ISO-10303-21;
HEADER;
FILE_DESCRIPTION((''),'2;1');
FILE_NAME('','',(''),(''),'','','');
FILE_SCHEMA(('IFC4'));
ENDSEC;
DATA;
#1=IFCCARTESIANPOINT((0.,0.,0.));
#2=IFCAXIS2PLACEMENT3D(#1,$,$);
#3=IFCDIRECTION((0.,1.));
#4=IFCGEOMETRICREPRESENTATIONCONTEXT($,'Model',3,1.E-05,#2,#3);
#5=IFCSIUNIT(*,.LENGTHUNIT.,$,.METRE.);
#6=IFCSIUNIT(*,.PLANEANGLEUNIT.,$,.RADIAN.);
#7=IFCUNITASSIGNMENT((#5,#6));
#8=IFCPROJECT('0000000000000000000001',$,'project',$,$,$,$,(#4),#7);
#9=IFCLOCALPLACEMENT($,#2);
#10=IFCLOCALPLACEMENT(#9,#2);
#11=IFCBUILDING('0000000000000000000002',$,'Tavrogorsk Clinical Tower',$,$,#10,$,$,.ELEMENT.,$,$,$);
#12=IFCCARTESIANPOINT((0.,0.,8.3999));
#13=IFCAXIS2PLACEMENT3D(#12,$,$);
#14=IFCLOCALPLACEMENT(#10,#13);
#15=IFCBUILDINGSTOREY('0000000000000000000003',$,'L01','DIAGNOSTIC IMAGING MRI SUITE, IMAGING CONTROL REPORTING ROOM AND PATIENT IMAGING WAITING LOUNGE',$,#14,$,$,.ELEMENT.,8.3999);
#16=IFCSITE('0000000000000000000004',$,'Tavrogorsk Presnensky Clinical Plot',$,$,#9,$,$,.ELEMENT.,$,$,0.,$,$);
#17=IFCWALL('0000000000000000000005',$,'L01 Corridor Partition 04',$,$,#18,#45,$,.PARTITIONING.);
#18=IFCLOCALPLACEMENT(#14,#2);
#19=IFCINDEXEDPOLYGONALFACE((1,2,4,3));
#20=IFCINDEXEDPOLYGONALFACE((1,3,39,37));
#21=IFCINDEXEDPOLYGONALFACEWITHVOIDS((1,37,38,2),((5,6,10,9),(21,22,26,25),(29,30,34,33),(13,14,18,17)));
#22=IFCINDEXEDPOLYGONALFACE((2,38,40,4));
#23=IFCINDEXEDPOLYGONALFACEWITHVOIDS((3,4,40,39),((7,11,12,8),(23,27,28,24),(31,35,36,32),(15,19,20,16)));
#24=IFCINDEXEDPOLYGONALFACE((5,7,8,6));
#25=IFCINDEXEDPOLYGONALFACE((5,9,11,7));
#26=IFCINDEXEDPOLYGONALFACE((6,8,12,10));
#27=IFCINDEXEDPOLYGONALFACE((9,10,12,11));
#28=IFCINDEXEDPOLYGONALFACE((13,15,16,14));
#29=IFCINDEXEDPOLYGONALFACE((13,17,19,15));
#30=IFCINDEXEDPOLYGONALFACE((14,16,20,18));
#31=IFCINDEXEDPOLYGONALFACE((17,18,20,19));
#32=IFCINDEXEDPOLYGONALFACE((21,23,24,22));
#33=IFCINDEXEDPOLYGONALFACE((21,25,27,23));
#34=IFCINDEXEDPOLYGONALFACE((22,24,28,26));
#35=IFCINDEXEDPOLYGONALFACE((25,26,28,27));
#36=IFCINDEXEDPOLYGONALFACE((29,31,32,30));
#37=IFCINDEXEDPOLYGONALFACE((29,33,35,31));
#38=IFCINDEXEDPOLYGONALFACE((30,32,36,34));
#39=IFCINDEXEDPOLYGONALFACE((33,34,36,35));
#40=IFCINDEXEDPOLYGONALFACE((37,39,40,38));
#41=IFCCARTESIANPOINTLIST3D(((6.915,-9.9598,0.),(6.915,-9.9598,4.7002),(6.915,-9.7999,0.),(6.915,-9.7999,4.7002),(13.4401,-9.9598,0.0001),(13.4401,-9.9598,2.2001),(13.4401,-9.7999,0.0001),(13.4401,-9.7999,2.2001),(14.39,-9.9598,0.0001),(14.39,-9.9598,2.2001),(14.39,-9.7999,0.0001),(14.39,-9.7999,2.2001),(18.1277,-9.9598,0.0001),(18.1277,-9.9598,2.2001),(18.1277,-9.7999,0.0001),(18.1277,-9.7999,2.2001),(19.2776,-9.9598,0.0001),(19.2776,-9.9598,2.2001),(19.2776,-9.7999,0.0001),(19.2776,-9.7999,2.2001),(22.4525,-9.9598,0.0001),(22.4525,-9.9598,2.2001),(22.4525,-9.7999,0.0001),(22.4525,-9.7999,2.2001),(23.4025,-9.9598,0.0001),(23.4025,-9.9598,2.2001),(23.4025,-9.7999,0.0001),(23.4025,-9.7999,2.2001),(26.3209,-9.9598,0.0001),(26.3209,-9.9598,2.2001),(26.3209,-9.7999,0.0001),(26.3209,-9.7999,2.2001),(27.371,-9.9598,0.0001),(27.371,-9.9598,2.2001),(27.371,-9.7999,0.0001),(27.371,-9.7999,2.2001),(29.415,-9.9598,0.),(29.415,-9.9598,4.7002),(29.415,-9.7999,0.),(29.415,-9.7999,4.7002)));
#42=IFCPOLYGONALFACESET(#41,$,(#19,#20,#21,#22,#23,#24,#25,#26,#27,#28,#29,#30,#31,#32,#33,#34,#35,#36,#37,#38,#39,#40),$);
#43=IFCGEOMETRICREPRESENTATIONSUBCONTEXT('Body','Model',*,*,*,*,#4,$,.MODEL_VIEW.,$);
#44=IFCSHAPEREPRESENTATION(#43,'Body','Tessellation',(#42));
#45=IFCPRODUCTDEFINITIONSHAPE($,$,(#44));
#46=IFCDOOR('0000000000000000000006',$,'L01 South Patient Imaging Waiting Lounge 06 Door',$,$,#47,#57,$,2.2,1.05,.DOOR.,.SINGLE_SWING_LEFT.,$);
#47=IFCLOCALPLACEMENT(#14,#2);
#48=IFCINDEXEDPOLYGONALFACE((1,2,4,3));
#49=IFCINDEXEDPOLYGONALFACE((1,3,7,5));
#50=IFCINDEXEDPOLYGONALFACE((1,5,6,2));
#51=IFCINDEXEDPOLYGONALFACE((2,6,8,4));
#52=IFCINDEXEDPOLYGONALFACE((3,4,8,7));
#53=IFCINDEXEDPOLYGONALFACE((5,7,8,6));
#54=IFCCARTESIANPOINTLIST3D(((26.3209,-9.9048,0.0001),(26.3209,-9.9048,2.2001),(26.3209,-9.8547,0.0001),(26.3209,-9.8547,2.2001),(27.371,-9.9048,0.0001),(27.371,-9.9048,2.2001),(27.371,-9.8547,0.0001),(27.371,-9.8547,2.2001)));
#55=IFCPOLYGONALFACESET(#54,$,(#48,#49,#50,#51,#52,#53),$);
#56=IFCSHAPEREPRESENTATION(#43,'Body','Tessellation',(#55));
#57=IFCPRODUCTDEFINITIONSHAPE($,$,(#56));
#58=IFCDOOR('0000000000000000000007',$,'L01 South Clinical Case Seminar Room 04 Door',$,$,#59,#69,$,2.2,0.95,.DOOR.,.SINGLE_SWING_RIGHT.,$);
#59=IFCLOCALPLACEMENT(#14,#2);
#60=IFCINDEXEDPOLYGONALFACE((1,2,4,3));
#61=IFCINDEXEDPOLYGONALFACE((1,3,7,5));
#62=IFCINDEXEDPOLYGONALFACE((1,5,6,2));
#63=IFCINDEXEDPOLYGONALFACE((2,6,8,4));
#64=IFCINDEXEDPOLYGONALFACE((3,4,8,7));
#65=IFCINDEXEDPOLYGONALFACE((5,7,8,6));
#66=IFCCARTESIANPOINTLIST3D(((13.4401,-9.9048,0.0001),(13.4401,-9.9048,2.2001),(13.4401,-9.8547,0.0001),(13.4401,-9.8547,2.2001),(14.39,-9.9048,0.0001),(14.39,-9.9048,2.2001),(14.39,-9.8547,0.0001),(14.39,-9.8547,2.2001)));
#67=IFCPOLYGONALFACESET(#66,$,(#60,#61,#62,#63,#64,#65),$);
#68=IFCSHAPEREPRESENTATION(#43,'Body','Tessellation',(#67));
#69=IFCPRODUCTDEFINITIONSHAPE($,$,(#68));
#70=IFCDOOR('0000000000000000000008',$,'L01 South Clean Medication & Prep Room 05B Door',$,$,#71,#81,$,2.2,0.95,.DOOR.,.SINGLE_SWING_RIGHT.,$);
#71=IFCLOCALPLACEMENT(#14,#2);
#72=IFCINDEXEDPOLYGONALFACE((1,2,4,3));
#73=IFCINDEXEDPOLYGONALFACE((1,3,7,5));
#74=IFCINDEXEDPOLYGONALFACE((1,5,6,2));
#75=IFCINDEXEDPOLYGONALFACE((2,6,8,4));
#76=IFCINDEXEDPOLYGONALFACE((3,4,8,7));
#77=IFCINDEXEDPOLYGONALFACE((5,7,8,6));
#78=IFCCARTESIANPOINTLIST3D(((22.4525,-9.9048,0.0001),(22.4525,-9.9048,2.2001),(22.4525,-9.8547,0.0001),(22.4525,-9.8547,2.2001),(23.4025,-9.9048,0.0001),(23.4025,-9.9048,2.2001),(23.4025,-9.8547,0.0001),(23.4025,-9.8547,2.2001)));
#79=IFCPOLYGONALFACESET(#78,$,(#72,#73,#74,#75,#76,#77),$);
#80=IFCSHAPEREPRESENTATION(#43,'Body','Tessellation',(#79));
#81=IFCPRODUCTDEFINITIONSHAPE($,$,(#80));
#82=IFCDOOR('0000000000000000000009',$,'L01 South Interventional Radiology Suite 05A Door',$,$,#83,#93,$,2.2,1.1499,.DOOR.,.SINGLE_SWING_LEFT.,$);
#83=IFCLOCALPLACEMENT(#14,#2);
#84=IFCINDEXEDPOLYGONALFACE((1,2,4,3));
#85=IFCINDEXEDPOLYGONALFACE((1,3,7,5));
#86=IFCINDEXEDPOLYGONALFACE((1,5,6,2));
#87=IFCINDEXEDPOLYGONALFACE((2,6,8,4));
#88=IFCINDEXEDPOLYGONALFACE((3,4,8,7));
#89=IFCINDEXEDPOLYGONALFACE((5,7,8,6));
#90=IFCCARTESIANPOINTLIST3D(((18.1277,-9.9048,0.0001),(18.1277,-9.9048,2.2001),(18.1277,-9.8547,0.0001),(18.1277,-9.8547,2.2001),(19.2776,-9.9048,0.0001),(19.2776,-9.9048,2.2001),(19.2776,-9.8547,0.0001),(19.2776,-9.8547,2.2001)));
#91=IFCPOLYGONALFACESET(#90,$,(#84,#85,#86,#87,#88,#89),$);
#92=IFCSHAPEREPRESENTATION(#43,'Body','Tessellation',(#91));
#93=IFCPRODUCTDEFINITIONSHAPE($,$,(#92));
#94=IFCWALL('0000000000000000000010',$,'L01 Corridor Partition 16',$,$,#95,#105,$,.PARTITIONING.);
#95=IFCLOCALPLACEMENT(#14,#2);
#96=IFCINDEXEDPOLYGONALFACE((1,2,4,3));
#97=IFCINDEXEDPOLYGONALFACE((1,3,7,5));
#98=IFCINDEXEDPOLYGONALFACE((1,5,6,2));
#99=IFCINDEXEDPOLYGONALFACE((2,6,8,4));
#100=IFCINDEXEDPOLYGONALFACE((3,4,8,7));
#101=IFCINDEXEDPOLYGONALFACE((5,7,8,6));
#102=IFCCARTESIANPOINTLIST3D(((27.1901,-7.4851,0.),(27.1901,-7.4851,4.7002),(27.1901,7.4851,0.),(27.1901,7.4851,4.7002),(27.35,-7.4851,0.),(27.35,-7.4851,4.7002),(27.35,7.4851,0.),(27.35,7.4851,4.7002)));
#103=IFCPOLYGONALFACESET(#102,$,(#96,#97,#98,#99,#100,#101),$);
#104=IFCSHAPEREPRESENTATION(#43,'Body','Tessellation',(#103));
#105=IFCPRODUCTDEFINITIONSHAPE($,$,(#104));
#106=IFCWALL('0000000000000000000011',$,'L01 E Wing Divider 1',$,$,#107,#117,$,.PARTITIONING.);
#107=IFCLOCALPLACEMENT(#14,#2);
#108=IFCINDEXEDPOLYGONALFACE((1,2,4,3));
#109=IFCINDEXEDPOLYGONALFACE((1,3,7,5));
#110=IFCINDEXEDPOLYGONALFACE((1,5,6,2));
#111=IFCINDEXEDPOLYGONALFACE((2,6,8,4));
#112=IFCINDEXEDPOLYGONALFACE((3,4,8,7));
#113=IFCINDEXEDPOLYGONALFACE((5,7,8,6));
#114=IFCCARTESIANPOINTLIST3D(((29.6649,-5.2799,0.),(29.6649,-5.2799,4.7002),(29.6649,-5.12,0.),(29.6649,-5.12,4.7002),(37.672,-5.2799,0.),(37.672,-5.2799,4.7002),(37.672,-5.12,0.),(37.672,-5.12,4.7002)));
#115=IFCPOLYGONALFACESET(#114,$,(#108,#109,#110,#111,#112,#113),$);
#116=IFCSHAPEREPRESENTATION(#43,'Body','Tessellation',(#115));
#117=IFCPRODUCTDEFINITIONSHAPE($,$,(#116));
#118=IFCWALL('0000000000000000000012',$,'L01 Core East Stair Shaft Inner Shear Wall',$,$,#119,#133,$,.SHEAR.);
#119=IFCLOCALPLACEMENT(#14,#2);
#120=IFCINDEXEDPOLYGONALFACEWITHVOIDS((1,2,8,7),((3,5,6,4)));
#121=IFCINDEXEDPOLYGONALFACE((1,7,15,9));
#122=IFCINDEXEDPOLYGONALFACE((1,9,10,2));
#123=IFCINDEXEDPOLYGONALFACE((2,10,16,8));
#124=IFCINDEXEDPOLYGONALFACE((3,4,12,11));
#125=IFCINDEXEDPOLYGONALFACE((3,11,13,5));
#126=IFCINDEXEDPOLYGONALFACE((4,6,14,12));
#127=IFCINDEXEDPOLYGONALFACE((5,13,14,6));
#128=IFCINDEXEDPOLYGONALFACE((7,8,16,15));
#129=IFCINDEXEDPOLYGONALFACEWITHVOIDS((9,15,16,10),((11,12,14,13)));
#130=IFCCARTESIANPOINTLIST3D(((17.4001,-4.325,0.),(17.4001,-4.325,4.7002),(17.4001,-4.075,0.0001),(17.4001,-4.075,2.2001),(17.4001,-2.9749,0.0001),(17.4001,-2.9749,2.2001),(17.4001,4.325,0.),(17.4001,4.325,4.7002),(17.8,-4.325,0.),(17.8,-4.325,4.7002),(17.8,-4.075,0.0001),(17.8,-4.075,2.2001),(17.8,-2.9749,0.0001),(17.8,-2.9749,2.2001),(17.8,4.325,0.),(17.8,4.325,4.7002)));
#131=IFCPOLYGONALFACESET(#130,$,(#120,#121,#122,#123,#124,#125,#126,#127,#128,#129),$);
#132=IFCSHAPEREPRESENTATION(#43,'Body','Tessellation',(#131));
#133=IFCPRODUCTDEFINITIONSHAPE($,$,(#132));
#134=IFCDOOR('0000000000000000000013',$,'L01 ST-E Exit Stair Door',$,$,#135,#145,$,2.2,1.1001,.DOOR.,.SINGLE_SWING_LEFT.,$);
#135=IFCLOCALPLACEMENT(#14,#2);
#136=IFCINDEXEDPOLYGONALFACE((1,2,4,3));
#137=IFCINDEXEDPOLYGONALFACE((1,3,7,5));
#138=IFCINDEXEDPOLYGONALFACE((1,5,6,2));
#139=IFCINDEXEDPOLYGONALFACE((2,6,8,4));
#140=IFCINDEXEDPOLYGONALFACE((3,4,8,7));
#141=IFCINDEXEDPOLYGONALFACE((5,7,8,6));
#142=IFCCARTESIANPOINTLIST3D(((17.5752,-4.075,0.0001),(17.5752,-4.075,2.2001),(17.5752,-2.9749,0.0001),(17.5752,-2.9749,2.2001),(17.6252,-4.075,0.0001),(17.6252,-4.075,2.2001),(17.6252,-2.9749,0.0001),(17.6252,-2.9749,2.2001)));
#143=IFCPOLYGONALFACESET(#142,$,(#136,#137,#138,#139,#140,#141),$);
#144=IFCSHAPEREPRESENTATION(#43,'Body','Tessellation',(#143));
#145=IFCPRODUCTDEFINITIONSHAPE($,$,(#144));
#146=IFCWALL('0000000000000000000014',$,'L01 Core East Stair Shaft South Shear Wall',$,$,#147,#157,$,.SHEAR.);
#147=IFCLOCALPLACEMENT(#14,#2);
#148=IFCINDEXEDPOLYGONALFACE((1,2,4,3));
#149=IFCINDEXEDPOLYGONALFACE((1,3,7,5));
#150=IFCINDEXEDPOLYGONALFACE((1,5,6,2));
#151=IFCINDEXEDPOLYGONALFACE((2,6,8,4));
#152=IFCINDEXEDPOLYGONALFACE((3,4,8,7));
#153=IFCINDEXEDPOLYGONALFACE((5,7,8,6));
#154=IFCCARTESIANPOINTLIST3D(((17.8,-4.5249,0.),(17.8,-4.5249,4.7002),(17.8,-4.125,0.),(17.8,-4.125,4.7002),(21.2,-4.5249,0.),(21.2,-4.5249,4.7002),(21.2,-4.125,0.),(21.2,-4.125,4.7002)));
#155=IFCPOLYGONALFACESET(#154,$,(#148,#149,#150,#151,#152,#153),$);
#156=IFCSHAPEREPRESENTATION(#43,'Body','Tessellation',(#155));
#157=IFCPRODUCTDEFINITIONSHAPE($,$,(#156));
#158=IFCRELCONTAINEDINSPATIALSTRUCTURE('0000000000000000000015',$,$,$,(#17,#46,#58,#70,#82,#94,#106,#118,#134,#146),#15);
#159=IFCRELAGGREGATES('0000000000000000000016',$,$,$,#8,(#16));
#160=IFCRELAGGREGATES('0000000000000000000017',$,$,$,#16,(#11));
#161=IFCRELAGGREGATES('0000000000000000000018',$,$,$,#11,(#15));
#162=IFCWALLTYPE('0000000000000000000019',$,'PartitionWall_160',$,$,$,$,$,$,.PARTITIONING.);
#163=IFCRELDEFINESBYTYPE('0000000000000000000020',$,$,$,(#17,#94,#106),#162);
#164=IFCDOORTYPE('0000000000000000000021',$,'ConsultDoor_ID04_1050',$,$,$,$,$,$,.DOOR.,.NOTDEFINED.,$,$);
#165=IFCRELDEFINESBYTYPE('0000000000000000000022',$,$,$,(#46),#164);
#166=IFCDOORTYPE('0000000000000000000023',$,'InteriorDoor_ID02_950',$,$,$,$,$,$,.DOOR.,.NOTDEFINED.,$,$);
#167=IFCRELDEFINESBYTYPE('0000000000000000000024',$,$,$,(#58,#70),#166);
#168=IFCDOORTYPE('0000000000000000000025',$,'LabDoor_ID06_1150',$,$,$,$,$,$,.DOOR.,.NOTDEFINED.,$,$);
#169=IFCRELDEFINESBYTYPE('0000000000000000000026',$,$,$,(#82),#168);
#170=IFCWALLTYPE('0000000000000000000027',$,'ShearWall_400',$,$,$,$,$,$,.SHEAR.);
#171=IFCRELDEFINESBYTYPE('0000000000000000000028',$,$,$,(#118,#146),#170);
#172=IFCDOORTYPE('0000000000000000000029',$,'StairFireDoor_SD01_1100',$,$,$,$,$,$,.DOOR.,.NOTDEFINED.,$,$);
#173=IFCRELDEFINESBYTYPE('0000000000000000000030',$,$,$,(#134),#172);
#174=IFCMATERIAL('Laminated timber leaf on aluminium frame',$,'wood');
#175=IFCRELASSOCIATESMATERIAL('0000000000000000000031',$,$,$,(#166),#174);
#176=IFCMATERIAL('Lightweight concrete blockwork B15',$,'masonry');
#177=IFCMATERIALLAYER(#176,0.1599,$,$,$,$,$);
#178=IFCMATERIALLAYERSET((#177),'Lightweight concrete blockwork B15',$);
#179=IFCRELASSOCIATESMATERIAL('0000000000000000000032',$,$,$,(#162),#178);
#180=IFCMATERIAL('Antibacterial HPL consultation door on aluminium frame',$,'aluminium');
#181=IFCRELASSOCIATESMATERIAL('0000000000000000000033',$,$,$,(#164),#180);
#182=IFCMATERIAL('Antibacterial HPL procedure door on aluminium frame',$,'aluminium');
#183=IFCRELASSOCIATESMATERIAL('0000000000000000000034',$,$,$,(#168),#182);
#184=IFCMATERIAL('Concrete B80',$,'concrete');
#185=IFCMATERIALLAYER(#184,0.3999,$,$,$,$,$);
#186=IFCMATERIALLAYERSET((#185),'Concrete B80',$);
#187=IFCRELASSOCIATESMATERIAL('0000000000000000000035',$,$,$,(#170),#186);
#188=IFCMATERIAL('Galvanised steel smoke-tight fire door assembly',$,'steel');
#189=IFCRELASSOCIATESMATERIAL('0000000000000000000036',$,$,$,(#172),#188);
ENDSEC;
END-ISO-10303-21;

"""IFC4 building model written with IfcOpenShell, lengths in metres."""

from ifc_helpers import new_model, si_unit, direction, frame, frame_2d, origin, place, context, subcontext, project, spatial, rectangle, extrude, material, layer, layer_set, type_object, element, fill, save


model = new_model("IFC4")

# Units and contexts
model_context = context("Model", 3, precision=1e-05, world=origin(), true_north=direction((0.0, 1.0)))
body_context = subcontext(model_context, "Body", "Model", "MODEL_VIEW")
ifc_project = project(units=[si_unit("LENGTHUNIT", "METRE"), si_unit("PLANEANGLEUNIT", "RADIAN")], contexts=[model_context])

# Site, building, storey
site_placement = place(None, origin())
site = spatial("IfcSite", under=ifc_project, at=site_placement, Name="Tavrogorsk Presnensky Clinical Plot", CompositionType="ELEMENT", RefElevation=0.0)
building_placement = place(site_placement, origin())
building = spatial("IfcBuilding", under=site, at=building_placement, Name="Tavrogorsk Clinical Tower", CompositionType="ELEMENT")
storey_placement = place(building_placement, frame((0.0, 0.0, 8.3999)))
storey = spatial("IfcBuildingStorey", under=building, at=storey_placement, Name="L01", Description="DIAGNOSTIC IMAGING MRI SUITE, IMAGING CONTROL REPORTING ROOM AND PATIENT IMAGING WAITING LOUNGE", CompositionType="ELEMENT", Elevation=8.3999)

# Shared definitions
ifc_material_1 = material(Name="Laminated timber leaf on aluminium frame", Category="wood")
door_type_1 = type_object("IfcDoorType", Name="InteriorDoor_ID02_950", OperationType="NOTDEFINED", PredefinedType="DOOR", material=ifc_material_1)

# Wall, openings, doors
ifc_material_2 = material(Name="Lightweight concrete blockwork B15", Category="masonry")
ifc_layer_1 = layer(ifc_material_2, 0.1599)
ifc_layer_set_1 = layer_set([ifc_layer_1], Name="Lightweight concrete blockwork B15")
wall_type_1 = type_object("IfcWallType", Name="PartitionWall_160", PredefinedType="PARTITIONING", material=ifc_layer_set_1)
wall_1_placement = place(storey_placement, frame((29.415, -9.8799, 0.0), z_axis=(0.0, 0.0, 1.0), x_axis=(-1.0, 0.0, 0.0)))
wall_1 = element("IfcWall", 1, at=wall_1_placement, inside=storey, type_object=wall_type_1, Name="L01 Corridor Partition 04", PredefinedType="PARTITIONING", context=body_context, shape_type="SweptSolid", body=[
    extrude(rectangle(XDim=22.5, YDim=0.1599, at=frame_2d((11.25, 0.0))), origin(), (0.0, 0.0, 1.0), 4.7002),
])
opening_1_placement = place(wall_1_placement, frame((15.0249, 0.0, 0.0)))
opening_1 = element("IfcOpeningElement", 2, at=opening_1_placement, cuts=wall_1, PredefinedType="OPENING", context=body_context, shape_type="SweptSolid", body=[
    extrude(rectangle(XDim=0.95, YDim=2.2, at=frame_2d((0.4751, 1.1001))), frame((0.0, 0.0898, 0.0), z_axis=(0.0, -1.0, 0.0), x_axis=(1.0, 0.0, 0.0)), (0.0, 0.0, 1.0), 0.1799),
])
opening_2_placement = place(wall_1_placement, frame((10.1375, 0.0, 0.0)))
opening_2 = element("IfcOpeningElement", 3, at=opening_2_placement, cuts=wall_1, PredefinedType="OPENING", context=body_context, shape_type="SweptSolid", body=[
    extrude(rectangle(XDim=1.1499, YDim=2.2, at=frame_2d((0.575, 1.1001))), frame((0.0, 0.0898, 0.0), z_axis=(0.0, -1.0, 0.0), x_axis=(1.0, 0.0, 0.0)), (0.0, 0.0, 1.0), 0.1799),
])
opening_3_placement = place(wall_1_placement, frame((6.0125, 0.0, 0.0)))
opening_3 = element("IfcOpeningElement", 4, at=opening_3_placement, cuts=wall_1, PredefinedType="OPENING", context=body_context, shape_type="SweptSolid", body=[
    extrude(rectangle(XDim=0.95, YDim=2.2, at=frame_2d((0.4751, 1.1001))), frame((0.0, 0.0898, 0.0), z_axis=(0.0, -1.0, 0.0), x_axis=(1.0, 0.0, 0.0)), (0.0, 0.0, 1.0), 0.1799),
])
opening_4_placement = place(wall_1_placement, frame((2.0442, 0.0, 0.0)))
opening_4 = element("IfcOpeningElement", 5, at=opening_4_placement, cuts=wall_1, PredefinedType="OPENING", context=body_context, shape_type="SweptSolid", body=[
    extrude(rectangle(XDim=1.05, YDim=2.2, at=frame_2d((0.5249, 1.1001))), frame((0.0, 0.0898, 0.0), z_axis=(0.0, -1.0, 0.0), x_axis=(1.0, 0.0, 0.0)), (0.0, 0.0, 1.0), 0.1799),
])
ifc_material_3 = material(Name="Antibacterial HPL consultation door on aluminium frame", Category="aluminium")
door_type_2 = type_object("IfcDoorType", Name="ConsultDoor_ID04_1050", OperationType="NOTDEFINED", PredefinedType="DOOR", material=ifc_material_3)
door_1_placement = place(opening_4_placement, origin())
door_1 = element("IfcDoor", 6, at=door_1_placement, inside=storey, type_object=door_type_2, Name="L01 South Patient Imaging Waiting Lounge 06 Door", OperationType="SINGLE_SWING_LEFT", OverallHeight=2.2, OverallWidth=1.05, PredefinedType="DOOR", context=body_context, shape_type="SweptSolid", body=[
    extrude(rectangle(XDim=1.05, YDim=2.2, at=frame_2d((0.5249, 1.1001))), frame((0.0, 0.0249, 0.0), z_axis=(0.0, -1.0, 0.0), x_axis=(1.0, 0.0, 0.0)), (0.0, 0.0, 1.0), 0.05),
])
fill(opening_4, door_1)
door_2_placement = place(opening_1_placement, origin())
door_2 = element("IfcDoor", 7, at=door_2_placement, inside=storey, type_object=door_type_1, Name="L01 South Clinical Case Seminar Room 04 Door", OperationType="SINGLE_SWING_RIGHT", OverallHeight=2.2, OverallWidth=0.95, PredefinedType="DOOR", context=body_context, shape_type="SweptSolid", body=[
    extrude(rectangle(XDim=0.95, YDim=2.2, at=frame_2d((0.4751, 1.1001))), frame((0.0, 0.0249, 0.0), z_axis=(0.0, -1.0, 0.0), x_axis=(1.0, 0.0, 0.0)), (0.0, 0.0, 1.0), 0.05),
])
fill(opening_1, door_2)
door_3_placement = place(opening_3_placement, origin())
door_3 = element("IfcDoor", 8, at=door_3_placement, inside=storey, type_object=door_type_1, Name="L01 South Clean Medication & Prep Room 05B Door", OperationType="SINGLE_SWING_RIGHT", OverallHeight=2.2, OverallWidth=0.95, PredefinedType="DOOR", context=body_context, shape_type="SweptSolid", body=[
    extrude(rectangle(XDim=0.95, YDim=2.2, at=frame_2d((0.4751, 1.1001))), frame((0.0, 0.0249, 0.0), z_axis=(0.0, -1.0, 0.0), x_axis=(1.0, 0.0, 0.0)), (0.0, 0.0, 1.0), 0.05),
])
fill(opening_3, door_3)
ifc_material_4 = material(Name="Antibacterial HPL procedure door on aluminium frame", Category="aluminium")
door_type_3 = type_object("IfcDoorType", Name="LabDoor_ID06_1150", OperationType="NOTDEFINED", PredefinedType="DOOR", material=ifc_material_4)
door_4_placement = place(opening_2_placement, origin())
door_4 = element("IfcDoor", 9, at=door_4_placement, inside=storey, type_object=door_type_3, Name="L01 South Interventional Radiology Suite 05A Door", OperationType="SINGLE_SWING_LEFT", OverallHeight=2.2, OverallWidth=1.1499, PredefinedType="DOOR", context=body_context, shape_type="SweptSolid", body=[
    extrude(rectangle(XDim=1.1499, YDim=2.2, at=frame_2d((0.575, 1.1001))), frame((0.0, 0.0249, 0.0), z_axis=(0.0, -1.0, 0.0), x_axis=(1.0, 0.0, 0.0)), (0.0, 0.0, 1.0), 0.05),
])
fill(opening_2, door_4)

# Walls
wall_2_placement = place(storey_placement, frame((27.27, -7.4851, 0.0), z_axis=(0.0, 0.0, 1.0), x_axis=(0.0, 1.0, 0.0)))
element("IfcWall", 10, at=wall_2_placement, inside=storey, type_object=wall_type_1, Name="L01 Corridor Partition 16", PredefinedType="PARTITIONING", context=body_context, shape_type="SweptSolid", body=[
    extrude(rectangle(XDim=14.9702, YDim=0.1599, at=frame_2d((7.4851, 0.0))), origin(), (0.0, 0.0, 1.0), 4.7002),
])
wall_3_placement = place(storey_placement, frame((29.665, -5.2, 0.0), z_axis=(0.0, 0.0, 1.0), x_axis=(1.0, 0.0, 0.0)))
element("IfcWall", 11, at=wall_3_placement, inside=storey, type_object=wall_type_1, Name="L01 E Wing Divider 1", PredefinedType="PARTITIONING", context=body_context, shape_type="SweptSolid", body=[
    extrude(rectangle(XDim=8.0071, YDim=0.1599, at=frame_2d((4.0034, 0.0))), origin(), (0.0, 0.0, 1.0), 4.7002),
])

# Wall, opening, door
ifc_material_5 = material(Name="Concrete B80", Category="concrete")
ifc_layer_2 = layer(ifc_material_5, 0.3999)
ifc_layer_set_2 = layer_set([ifc_layer_2], Name="Concrete B80")
wall_type_2 = type_object("IfcWallType", Name="ShearWall_400", PredefinedType="SHEAR", material=ifc_layer_set_2)
wall_4_placement = place(storey_placement, frame((17.6001, -4.325, 0.0), z_axis=(0.0, 0.0, 1.0), x_axis=(0.0, 1.0, 0.0)))
wall_4 = element("IfcWall", 12, at=wall_4_placement, inside=storey, type_object=wall_type_2, Name="L01 Core East Stair Shaft Inner Shear Wall", PredefinedType="SHEAR", context=body_context, shape_type="SweptSolid", body=[
    extrude(rectangle(XDim=8.6499, YDim=0.3999, at=frame_2d((4.325, 0.0))), origin(), (0.0, 0.0, 1.0), 4.7002),
])
opening_5_placement = place(wall_4_placement, frame((0.25, 0.0, 0.0)))
opening_5 = element("IfcOpeningElement", 13, at=opening_5_placement, cuts=wall_4, PredefinedType="OPENING", context=body_context, shape_type="SweptSolid", body=[
    extrude(rectangle(XDim=1.1001, YDim=2.2, at=frame_2d((0.55, 1.1001))), frame((0.0, 0.21, 0.0), z_axis=(0.0, -1.0, 0.0), x_axis=(1.0, 0.0, 0.0)), (0.0, 0.0, 1.0), 0.4199),
])
ifc_material_6 = material(Name="Galvanised steel smoke-tight fire door assembly", Category="steel")
door_type_4 = type_object("IfcDoorType", Name="StairFireDoor_SD01_1100", OperationType="NOTDEFINED", PredefinedType="DOOR", material=ifc_material_6)
door_5_placement = place(opening_5_placement, origin())
door_5 = element("IfcDoor", 14, at=door_5_placement, inside=storey, type_object=door_type_4, Name="L01 ST-E Exit Stair Door", OperationType="SINGLE_SWING_LEFT", OverallHeight=2.2, OverallWidth=1.1001, PredefinedType="DOOR", context=body_context, shape_type="SweptSolid", body=[
    extrude(rectangle(XDim=1.1001, YDim=2.2, at=frame_2d((0.55, 1.1001))), frame((0.0, 0.0249, 0.0), z_axis=(0.0, -1.0, 0.0), x_axis=(1.0, 0.0, 0.0)), (0.0, 0.0, 1.0), 0.05),
])
fill(opening_5, door_5)

# Wall
wall_5_placement = place(storey_placement, frame((17.8, -4.325, 0.0), z_axis=(0.0, 0.0, 1.0), x_axis=(1.0, 0.0, 0.0)))
element("IfcWall", 15, at=wall_5_placement, inside=storey, type_object=wall_type_2, Name="L01 Core East Stair Shaft South Shear Wall", PredefinedType="SHEAR", context=body_context, shape_type="SweptSolid", body=[
    extrude(rectangle(XDim=3.3999, YDim=0.3999, at=frame_2d((1.7, 0.0))), origin(), (0.0, 0.0, 1.0), 4.7002),
])

save(model, "model.ifc")
